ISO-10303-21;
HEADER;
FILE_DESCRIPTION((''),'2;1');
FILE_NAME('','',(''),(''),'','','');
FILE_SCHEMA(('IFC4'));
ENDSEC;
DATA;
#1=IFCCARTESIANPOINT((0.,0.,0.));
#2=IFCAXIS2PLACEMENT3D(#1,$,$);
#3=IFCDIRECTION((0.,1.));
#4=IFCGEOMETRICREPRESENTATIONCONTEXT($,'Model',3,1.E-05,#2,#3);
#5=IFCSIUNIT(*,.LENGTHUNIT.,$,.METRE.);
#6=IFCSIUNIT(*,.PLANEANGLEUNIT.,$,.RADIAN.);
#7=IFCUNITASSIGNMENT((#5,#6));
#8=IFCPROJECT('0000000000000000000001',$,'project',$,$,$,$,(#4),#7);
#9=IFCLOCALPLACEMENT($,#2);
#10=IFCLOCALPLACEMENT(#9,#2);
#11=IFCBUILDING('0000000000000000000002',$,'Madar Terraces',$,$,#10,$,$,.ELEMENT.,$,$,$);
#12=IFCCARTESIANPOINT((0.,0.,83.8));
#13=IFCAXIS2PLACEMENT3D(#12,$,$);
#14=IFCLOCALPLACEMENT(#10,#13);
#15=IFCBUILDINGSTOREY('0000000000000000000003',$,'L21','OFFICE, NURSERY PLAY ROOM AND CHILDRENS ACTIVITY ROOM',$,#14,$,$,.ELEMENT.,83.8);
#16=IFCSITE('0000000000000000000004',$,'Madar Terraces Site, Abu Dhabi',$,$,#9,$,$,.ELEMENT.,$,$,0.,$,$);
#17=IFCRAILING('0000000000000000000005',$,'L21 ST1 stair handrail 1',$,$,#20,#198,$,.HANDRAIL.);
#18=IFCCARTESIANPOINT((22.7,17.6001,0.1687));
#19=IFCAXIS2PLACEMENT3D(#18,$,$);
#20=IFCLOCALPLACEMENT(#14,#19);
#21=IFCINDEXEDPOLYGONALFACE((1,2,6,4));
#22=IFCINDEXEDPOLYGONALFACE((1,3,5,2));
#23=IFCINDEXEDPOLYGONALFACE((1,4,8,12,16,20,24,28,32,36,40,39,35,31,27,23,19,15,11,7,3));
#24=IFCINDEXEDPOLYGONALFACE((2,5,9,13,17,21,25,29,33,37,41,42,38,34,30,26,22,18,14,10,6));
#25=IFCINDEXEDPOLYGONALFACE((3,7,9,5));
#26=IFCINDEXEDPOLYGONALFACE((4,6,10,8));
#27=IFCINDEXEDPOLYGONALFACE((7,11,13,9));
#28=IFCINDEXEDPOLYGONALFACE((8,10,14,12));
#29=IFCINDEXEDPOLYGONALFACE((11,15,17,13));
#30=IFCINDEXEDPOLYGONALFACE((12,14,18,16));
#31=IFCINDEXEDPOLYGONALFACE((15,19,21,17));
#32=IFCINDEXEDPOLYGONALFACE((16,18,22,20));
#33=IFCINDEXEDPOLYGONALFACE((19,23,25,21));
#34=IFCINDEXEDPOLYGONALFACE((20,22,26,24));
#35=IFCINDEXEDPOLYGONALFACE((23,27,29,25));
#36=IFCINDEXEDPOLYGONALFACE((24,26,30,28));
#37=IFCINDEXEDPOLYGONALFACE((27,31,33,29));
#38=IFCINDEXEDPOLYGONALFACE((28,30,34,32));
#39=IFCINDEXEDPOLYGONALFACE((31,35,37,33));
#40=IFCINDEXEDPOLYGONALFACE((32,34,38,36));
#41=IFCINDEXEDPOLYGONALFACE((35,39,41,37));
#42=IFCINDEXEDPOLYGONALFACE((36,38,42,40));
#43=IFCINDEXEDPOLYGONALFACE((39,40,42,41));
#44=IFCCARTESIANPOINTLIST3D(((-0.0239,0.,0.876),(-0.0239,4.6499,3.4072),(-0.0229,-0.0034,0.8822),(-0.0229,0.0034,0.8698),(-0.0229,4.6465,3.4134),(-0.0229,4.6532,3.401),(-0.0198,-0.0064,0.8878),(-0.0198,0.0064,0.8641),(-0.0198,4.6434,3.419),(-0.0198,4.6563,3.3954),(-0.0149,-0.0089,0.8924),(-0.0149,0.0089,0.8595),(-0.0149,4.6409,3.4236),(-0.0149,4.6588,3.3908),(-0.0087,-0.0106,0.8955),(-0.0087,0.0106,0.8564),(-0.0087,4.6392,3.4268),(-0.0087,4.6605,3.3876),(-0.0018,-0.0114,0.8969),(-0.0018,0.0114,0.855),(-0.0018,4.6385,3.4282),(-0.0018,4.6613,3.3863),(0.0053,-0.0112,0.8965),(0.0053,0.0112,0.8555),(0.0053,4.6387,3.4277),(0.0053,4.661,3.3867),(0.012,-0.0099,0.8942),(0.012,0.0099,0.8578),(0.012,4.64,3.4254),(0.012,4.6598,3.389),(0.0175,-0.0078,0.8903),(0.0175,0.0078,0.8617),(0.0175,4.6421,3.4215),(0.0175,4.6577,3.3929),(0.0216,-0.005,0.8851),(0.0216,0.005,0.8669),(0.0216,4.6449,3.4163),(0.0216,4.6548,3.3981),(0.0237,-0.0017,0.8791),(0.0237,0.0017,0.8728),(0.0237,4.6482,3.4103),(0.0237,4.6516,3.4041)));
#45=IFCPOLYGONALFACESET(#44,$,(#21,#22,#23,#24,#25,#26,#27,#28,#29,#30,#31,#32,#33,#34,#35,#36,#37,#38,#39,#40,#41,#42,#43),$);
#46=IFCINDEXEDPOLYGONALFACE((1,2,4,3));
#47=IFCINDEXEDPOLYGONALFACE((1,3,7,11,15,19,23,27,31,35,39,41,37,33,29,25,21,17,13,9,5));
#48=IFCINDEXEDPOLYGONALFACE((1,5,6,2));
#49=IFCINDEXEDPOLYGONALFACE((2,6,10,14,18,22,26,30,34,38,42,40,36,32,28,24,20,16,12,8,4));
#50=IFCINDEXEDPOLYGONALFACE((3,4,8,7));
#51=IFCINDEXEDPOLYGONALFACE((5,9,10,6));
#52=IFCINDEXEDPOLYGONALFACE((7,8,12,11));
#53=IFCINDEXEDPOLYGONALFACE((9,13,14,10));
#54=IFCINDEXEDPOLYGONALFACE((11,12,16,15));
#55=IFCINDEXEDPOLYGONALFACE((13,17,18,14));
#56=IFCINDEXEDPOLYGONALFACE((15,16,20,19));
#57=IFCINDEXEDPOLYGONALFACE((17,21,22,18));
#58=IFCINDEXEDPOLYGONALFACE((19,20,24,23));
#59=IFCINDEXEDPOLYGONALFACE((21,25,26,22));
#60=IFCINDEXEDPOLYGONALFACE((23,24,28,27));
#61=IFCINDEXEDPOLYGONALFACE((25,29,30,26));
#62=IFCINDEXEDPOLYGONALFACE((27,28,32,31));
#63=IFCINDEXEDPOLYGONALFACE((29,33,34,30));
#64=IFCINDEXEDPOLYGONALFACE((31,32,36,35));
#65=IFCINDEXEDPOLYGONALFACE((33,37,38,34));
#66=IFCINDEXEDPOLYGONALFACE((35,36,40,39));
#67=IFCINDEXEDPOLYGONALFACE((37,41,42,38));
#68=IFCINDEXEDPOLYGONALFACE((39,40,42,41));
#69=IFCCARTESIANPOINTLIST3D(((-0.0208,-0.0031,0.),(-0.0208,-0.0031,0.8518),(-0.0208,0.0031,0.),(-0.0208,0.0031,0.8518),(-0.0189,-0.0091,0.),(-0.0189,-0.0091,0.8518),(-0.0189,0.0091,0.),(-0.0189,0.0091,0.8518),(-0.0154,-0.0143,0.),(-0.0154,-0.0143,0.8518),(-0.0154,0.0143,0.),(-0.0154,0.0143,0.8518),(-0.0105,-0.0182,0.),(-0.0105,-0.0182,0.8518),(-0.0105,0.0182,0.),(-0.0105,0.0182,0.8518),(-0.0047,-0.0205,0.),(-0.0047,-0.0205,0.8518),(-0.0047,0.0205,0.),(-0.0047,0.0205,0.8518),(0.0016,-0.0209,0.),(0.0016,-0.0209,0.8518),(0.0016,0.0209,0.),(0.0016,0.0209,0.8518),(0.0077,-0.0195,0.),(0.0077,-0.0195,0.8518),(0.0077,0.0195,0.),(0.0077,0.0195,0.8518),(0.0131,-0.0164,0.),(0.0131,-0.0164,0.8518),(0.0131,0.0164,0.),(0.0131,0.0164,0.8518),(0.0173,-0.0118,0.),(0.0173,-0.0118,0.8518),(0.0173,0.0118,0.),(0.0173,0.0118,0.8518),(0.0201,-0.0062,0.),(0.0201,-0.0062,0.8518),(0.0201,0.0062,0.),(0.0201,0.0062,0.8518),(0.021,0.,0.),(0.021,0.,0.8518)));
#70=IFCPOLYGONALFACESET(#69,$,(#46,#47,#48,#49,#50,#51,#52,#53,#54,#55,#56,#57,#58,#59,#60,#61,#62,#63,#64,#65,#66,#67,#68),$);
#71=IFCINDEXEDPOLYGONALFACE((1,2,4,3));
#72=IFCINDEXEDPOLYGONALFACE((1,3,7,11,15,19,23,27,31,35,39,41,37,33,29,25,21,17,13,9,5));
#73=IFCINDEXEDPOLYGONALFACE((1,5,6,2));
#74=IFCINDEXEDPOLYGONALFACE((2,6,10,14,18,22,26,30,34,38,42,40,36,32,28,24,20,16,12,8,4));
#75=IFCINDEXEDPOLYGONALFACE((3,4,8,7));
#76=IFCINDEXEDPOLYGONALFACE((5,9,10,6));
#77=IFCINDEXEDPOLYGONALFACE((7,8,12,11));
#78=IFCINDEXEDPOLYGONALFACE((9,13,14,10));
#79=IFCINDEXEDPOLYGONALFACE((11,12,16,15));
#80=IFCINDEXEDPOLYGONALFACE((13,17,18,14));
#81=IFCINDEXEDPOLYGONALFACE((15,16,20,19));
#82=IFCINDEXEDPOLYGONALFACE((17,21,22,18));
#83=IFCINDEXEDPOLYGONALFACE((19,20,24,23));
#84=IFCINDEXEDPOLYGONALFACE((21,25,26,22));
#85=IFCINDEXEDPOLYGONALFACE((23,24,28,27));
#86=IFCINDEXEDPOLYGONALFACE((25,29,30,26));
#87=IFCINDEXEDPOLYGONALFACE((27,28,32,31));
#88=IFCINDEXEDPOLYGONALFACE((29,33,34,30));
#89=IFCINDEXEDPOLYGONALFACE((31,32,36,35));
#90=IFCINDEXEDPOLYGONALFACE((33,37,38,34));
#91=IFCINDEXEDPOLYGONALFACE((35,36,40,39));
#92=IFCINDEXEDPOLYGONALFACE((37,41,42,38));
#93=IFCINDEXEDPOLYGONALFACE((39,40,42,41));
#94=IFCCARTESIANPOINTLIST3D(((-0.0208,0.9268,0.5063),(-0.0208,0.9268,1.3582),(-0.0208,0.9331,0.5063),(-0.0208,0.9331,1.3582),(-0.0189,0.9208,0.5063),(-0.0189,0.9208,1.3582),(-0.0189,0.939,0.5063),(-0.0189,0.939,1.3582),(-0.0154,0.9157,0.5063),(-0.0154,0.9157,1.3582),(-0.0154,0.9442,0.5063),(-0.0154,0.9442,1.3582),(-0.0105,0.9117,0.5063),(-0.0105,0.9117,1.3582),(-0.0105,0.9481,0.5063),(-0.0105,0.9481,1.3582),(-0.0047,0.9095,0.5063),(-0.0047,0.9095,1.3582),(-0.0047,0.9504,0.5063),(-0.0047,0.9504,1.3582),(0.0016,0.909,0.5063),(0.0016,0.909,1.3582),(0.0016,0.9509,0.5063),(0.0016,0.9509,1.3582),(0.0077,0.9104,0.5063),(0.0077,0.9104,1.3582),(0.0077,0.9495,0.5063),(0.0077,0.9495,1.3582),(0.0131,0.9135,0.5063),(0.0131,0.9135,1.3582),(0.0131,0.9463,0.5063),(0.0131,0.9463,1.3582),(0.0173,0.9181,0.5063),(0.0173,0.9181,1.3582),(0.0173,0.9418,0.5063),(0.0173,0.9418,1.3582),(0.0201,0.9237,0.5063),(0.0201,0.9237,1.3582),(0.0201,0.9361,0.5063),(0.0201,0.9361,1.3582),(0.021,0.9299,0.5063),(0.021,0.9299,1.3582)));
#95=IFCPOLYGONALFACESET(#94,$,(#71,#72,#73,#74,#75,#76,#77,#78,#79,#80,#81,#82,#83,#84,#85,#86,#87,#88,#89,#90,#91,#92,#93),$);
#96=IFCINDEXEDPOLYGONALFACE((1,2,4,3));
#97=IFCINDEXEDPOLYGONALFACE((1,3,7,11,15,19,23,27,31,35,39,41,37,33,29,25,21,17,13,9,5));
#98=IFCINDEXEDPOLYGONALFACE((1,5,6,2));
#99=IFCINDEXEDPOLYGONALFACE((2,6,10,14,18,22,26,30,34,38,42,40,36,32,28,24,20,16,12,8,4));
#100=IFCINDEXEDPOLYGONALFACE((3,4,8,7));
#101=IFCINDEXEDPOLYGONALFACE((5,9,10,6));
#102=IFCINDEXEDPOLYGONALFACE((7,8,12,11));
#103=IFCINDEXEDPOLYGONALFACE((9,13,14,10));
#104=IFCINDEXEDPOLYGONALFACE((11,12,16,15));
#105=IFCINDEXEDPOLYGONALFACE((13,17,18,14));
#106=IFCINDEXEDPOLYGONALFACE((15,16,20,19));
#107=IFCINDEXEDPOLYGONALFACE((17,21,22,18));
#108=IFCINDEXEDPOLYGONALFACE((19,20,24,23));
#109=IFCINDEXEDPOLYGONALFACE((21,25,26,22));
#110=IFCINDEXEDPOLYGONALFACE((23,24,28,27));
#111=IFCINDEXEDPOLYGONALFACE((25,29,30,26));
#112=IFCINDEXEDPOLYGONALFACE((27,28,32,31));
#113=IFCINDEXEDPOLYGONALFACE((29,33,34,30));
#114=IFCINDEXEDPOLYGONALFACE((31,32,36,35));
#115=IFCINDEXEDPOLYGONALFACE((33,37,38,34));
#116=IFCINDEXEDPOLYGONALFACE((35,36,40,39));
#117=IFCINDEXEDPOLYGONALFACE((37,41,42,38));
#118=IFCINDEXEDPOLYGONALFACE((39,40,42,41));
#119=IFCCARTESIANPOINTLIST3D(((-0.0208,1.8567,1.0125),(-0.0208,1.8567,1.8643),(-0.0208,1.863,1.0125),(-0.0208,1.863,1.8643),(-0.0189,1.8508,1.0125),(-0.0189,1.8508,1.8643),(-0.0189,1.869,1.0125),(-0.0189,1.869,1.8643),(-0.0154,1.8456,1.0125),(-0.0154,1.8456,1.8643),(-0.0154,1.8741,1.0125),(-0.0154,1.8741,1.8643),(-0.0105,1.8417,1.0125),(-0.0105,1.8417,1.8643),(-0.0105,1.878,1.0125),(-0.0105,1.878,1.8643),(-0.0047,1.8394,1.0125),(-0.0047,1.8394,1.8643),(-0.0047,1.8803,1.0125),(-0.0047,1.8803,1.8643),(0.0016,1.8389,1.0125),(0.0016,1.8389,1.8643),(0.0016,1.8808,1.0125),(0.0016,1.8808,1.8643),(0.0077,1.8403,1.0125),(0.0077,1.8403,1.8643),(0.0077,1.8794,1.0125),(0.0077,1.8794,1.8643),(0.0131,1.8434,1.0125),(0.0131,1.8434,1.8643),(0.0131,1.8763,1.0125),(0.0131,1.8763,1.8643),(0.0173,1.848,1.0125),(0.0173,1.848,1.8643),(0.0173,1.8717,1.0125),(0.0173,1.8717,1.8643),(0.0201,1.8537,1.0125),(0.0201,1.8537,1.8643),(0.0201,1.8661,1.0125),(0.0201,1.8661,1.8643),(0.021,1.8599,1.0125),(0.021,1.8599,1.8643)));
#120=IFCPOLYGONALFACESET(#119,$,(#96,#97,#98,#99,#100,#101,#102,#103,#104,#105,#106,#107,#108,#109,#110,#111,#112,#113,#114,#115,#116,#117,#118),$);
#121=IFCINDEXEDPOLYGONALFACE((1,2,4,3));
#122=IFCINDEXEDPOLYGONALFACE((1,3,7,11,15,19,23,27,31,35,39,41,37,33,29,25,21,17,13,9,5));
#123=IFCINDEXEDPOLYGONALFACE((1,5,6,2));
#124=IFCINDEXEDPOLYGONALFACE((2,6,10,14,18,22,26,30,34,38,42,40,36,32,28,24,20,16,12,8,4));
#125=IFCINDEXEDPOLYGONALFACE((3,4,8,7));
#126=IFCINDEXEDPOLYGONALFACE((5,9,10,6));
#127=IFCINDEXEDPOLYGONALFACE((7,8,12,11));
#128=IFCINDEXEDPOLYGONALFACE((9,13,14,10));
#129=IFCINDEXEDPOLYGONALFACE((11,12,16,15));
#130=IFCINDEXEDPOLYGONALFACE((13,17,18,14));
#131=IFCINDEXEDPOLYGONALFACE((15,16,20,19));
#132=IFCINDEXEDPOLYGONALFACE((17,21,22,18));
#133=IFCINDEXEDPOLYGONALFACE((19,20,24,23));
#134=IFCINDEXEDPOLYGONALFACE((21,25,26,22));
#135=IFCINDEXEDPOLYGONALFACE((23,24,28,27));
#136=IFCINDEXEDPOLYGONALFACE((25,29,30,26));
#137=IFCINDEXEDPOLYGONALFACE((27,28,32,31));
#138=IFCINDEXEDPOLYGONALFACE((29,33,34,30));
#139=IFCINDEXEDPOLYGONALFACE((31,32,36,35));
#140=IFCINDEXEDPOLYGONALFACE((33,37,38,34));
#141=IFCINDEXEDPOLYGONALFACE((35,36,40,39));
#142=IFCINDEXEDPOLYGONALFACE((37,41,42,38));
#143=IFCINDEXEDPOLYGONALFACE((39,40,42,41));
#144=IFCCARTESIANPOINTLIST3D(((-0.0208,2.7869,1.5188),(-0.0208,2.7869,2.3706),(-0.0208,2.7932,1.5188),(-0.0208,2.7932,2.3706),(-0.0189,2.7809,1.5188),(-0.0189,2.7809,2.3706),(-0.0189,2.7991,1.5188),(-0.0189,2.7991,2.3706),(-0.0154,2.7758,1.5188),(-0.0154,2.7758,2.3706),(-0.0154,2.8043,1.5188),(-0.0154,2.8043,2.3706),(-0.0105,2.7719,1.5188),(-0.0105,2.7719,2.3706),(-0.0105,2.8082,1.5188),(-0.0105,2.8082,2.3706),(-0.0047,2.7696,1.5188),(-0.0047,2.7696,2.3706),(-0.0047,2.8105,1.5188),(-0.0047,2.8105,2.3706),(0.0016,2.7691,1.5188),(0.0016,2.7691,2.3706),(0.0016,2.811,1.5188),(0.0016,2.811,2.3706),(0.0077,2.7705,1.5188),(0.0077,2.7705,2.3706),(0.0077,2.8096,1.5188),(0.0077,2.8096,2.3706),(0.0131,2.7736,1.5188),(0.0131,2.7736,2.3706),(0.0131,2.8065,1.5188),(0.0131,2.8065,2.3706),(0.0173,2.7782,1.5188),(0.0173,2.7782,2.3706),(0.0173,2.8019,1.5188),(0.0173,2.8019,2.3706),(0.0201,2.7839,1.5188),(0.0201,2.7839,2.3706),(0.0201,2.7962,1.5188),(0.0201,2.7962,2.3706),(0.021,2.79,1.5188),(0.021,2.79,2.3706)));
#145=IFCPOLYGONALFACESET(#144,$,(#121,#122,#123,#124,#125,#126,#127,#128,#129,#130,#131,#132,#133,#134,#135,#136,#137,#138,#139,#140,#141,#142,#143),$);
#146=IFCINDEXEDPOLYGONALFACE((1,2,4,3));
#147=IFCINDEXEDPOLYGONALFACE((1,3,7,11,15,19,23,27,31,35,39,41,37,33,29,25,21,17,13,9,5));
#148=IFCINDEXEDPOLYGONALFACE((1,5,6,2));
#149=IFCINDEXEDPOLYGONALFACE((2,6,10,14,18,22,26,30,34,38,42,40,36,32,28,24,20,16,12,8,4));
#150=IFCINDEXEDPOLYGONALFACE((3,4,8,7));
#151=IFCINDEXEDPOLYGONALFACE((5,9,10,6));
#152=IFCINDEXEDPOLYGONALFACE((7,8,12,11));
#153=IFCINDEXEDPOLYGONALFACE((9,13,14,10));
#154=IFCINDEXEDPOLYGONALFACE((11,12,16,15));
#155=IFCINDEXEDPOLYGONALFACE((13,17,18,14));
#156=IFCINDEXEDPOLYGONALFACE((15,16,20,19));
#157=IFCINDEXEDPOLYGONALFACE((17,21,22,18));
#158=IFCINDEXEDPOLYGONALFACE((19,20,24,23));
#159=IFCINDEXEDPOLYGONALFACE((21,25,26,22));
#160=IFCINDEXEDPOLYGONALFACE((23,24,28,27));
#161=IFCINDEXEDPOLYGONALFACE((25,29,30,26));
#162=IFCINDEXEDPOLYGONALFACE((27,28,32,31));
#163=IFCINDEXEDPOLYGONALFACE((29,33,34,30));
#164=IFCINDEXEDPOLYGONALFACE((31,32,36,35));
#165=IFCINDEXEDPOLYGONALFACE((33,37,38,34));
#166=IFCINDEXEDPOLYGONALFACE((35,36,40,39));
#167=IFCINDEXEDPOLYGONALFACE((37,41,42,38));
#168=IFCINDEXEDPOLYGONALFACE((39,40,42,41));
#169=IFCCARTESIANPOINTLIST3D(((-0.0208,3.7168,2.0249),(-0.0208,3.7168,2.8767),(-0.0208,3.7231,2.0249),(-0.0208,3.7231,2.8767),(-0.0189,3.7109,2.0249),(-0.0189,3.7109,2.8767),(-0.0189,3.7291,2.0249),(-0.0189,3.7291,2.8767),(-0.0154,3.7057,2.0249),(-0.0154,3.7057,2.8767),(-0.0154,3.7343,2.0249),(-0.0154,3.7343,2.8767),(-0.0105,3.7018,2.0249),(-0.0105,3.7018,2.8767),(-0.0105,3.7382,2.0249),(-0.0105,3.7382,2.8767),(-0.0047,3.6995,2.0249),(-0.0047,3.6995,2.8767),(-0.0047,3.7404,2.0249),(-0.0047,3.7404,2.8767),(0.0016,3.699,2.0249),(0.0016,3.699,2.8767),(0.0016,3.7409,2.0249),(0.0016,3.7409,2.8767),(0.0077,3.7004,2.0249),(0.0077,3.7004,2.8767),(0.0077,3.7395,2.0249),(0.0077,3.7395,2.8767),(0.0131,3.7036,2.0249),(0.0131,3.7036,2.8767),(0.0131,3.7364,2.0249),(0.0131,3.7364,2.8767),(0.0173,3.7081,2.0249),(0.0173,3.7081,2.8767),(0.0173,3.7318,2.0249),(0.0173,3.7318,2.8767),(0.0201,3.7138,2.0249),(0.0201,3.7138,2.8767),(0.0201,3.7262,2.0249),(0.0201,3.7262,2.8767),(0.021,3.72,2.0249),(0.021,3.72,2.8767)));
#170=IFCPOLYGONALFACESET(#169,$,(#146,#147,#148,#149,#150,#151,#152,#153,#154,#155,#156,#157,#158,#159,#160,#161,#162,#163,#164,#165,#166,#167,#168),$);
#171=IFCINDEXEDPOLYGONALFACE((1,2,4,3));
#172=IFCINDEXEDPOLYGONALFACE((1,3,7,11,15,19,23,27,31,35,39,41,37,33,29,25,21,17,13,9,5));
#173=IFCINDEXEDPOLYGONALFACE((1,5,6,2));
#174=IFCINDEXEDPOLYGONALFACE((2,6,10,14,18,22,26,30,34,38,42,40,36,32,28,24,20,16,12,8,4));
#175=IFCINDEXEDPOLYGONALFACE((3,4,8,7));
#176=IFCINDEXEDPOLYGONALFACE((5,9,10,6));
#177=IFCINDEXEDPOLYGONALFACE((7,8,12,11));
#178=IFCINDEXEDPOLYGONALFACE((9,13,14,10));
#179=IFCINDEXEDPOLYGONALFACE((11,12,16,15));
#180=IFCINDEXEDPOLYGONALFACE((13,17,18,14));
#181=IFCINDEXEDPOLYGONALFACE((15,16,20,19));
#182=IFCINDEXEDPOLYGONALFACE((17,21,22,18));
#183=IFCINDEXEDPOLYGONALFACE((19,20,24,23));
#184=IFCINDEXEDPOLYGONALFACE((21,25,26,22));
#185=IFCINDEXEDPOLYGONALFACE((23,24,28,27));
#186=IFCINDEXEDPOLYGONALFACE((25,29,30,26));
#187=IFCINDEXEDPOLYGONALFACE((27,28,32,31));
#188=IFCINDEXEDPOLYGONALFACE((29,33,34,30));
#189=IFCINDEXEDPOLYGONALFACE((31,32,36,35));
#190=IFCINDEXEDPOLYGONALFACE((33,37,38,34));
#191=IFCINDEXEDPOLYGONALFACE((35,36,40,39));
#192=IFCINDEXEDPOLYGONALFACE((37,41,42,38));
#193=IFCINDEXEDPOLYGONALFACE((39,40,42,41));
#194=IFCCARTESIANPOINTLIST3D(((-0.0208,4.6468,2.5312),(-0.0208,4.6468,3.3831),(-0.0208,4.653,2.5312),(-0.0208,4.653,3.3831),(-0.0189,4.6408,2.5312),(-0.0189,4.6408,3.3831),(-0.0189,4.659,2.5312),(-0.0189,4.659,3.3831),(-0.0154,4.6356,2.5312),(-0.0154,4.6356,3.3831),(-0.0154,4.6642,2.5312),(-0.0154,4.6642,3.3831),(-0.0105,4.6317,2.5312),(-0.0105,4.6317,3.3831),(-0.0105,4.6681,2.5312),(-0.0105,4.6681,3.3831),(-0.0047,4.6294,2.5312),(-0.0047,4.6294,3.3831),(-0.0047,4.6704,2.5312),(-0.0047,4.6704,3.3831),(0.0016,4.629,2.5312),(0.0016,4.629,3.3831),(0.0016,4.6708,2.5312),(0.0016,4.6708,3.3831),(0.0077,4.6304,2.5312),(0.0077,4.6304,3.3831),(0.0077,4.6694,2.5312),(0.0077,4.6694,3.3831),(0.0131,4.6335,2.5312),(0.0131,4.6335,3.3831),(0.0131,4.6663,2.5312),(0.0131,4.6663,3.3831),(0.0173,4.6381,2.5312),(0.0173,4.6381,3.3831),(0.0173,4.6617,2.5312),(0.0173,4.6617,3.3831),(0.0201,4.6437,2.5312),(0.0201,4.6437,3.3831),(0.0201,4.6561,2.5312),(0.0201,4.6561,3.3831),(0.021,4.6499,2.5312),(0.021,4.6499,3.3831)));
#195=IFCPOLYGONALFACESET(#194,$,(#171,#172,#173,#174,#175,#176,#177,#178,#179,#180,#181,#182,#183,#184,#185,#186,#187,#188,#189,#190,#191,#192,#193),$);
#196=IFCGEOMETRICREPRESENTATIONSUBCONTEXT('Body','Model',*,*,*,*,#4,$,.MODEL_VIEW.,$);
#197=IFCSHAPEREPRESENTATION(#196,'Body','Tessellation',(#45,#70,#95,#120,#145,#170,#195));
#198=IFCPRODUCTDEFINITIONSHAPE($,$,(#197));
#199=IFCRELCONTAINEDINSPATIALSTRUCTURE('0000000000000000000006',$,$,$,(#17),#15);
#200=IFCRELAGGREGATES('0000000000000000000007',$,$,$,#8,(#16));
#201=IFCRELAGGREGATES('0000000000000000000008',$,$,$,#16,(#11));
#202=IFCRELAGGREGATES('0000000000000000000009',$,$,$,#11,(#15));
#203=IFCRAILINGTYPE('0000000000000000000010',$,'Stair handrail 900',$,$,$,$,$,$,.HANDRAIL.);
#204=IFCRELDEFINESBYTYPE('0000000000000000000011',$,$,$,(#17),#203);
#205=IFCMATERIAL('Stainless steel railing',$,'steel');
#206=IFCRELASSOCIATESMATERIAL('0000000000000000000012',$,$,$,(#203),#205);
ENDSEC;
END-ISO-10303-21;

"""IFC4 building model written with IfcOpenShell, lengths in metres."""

from ifc_helpers import new_model, si_unit, direction, frame, origin, origin_2d, place, context, subcontext, project, spatial, circle, extrude, material, type_object, element, save


model = new_model("IFC4")

# Units and contexts
model_context = context("Model", 3, precision=1e-05, world=origin(), true_north=direction((0.0, 1.0)))
body_context = subcontext(model_context, "Body", "Model", "MODEL_VIEW")
ifc_project = project(units=[si_unit("LENGTHUNIT", "METRE"), si_unit("PLANEANGLEUNIT", "RADIAN")], contexts=[model_context])

# Site, building, storey
site_placement = place(None, origin())
site = spatial("IfcSite", under=ifc_project, at=site_placement, Name="Madar Terraces Site, Abu Dhabi", CompositionType="ELEMENT", RefElevation=0.0)
building_placement = place(site_placement, origin())
building = spatial("IfcBuilding", under=site, at=building_placement, Name="Madar Terraces", CompositionType="ELEMENT")
storey_placement = place(building_placement, frame((0.0, 0.0, 83.8)))
storey = spatial("IfcBuildingStorey", under=building, at=storey_placement, Name="L21", Description="OFFICE, NURSERY PLAY ROOM AND CHILDRENS ACTIVITY ROOM", CompositionType="ELEMENT", Elevation=83.8)

# Railing
ifc_material_1 = material(Name="Stainless steel railing", Category="steel")
railing_type_1 = type_object("IfcRailingType", Name="Stair handrail 900", PredefinedType="HANDRAIL", material=ifc_material_1)
railing_1_placement = place(storey_placement, frame((22.7, 17.6001, 0.1687)))
element("IfcRailing", 1, at=railing_1_placement, inside=storey, type_object=railing_type_1, Name="L21 ST1 stair handrail 1", PredefinedType="HANDRAIL", context=body_context, shape_type="SweptSolid", body=[
    extrude(circle(Radius=0.0239, at=origin_2d()), frame((0.0, 0.0, 0.876), z_axis=(0.0, 0.878297, 0.478115), x_axis=(-1.0, 0.0, 0.0)), (0.0, 0.0, 1.0), 5.2942),
    extrude(circle(Radius=0.021, at=origin_2d()), origin(), (0.0, 0.0, 1.0), 0.8518),
    extrude(circle(Radius=0.021, at=origin_2d()), frame((0.0, 0.9299, 0.5063)), (0.0, 0.0, 1.0), 0.8518),
    extrude(circle(Radius=0.021, at=origin_2d()), frame((0.0, 1.8599, 1.0125)), (0.0, 0.0, 1.0), 0.8518),
    extrude(circle(Radius=0.021, at=origin_2d()), frame((0.0, 2.79, 1.5188)), (0.0, 0.0, 1.0), 0.8518),
    extrude(circle(Radius=0.021, at=origin_2d()), frame((0.0, 3.72, 2.0249)), (0.0, 0.0, 1.0), 0.8518),
    extrude(circle(Radius=0.021, at=origin_2d()), frame((0.0, 4.6499, 2.5312)), (0.0, 0.0, 1.0), 0.8518),
])

save(model, "model.ifc")
